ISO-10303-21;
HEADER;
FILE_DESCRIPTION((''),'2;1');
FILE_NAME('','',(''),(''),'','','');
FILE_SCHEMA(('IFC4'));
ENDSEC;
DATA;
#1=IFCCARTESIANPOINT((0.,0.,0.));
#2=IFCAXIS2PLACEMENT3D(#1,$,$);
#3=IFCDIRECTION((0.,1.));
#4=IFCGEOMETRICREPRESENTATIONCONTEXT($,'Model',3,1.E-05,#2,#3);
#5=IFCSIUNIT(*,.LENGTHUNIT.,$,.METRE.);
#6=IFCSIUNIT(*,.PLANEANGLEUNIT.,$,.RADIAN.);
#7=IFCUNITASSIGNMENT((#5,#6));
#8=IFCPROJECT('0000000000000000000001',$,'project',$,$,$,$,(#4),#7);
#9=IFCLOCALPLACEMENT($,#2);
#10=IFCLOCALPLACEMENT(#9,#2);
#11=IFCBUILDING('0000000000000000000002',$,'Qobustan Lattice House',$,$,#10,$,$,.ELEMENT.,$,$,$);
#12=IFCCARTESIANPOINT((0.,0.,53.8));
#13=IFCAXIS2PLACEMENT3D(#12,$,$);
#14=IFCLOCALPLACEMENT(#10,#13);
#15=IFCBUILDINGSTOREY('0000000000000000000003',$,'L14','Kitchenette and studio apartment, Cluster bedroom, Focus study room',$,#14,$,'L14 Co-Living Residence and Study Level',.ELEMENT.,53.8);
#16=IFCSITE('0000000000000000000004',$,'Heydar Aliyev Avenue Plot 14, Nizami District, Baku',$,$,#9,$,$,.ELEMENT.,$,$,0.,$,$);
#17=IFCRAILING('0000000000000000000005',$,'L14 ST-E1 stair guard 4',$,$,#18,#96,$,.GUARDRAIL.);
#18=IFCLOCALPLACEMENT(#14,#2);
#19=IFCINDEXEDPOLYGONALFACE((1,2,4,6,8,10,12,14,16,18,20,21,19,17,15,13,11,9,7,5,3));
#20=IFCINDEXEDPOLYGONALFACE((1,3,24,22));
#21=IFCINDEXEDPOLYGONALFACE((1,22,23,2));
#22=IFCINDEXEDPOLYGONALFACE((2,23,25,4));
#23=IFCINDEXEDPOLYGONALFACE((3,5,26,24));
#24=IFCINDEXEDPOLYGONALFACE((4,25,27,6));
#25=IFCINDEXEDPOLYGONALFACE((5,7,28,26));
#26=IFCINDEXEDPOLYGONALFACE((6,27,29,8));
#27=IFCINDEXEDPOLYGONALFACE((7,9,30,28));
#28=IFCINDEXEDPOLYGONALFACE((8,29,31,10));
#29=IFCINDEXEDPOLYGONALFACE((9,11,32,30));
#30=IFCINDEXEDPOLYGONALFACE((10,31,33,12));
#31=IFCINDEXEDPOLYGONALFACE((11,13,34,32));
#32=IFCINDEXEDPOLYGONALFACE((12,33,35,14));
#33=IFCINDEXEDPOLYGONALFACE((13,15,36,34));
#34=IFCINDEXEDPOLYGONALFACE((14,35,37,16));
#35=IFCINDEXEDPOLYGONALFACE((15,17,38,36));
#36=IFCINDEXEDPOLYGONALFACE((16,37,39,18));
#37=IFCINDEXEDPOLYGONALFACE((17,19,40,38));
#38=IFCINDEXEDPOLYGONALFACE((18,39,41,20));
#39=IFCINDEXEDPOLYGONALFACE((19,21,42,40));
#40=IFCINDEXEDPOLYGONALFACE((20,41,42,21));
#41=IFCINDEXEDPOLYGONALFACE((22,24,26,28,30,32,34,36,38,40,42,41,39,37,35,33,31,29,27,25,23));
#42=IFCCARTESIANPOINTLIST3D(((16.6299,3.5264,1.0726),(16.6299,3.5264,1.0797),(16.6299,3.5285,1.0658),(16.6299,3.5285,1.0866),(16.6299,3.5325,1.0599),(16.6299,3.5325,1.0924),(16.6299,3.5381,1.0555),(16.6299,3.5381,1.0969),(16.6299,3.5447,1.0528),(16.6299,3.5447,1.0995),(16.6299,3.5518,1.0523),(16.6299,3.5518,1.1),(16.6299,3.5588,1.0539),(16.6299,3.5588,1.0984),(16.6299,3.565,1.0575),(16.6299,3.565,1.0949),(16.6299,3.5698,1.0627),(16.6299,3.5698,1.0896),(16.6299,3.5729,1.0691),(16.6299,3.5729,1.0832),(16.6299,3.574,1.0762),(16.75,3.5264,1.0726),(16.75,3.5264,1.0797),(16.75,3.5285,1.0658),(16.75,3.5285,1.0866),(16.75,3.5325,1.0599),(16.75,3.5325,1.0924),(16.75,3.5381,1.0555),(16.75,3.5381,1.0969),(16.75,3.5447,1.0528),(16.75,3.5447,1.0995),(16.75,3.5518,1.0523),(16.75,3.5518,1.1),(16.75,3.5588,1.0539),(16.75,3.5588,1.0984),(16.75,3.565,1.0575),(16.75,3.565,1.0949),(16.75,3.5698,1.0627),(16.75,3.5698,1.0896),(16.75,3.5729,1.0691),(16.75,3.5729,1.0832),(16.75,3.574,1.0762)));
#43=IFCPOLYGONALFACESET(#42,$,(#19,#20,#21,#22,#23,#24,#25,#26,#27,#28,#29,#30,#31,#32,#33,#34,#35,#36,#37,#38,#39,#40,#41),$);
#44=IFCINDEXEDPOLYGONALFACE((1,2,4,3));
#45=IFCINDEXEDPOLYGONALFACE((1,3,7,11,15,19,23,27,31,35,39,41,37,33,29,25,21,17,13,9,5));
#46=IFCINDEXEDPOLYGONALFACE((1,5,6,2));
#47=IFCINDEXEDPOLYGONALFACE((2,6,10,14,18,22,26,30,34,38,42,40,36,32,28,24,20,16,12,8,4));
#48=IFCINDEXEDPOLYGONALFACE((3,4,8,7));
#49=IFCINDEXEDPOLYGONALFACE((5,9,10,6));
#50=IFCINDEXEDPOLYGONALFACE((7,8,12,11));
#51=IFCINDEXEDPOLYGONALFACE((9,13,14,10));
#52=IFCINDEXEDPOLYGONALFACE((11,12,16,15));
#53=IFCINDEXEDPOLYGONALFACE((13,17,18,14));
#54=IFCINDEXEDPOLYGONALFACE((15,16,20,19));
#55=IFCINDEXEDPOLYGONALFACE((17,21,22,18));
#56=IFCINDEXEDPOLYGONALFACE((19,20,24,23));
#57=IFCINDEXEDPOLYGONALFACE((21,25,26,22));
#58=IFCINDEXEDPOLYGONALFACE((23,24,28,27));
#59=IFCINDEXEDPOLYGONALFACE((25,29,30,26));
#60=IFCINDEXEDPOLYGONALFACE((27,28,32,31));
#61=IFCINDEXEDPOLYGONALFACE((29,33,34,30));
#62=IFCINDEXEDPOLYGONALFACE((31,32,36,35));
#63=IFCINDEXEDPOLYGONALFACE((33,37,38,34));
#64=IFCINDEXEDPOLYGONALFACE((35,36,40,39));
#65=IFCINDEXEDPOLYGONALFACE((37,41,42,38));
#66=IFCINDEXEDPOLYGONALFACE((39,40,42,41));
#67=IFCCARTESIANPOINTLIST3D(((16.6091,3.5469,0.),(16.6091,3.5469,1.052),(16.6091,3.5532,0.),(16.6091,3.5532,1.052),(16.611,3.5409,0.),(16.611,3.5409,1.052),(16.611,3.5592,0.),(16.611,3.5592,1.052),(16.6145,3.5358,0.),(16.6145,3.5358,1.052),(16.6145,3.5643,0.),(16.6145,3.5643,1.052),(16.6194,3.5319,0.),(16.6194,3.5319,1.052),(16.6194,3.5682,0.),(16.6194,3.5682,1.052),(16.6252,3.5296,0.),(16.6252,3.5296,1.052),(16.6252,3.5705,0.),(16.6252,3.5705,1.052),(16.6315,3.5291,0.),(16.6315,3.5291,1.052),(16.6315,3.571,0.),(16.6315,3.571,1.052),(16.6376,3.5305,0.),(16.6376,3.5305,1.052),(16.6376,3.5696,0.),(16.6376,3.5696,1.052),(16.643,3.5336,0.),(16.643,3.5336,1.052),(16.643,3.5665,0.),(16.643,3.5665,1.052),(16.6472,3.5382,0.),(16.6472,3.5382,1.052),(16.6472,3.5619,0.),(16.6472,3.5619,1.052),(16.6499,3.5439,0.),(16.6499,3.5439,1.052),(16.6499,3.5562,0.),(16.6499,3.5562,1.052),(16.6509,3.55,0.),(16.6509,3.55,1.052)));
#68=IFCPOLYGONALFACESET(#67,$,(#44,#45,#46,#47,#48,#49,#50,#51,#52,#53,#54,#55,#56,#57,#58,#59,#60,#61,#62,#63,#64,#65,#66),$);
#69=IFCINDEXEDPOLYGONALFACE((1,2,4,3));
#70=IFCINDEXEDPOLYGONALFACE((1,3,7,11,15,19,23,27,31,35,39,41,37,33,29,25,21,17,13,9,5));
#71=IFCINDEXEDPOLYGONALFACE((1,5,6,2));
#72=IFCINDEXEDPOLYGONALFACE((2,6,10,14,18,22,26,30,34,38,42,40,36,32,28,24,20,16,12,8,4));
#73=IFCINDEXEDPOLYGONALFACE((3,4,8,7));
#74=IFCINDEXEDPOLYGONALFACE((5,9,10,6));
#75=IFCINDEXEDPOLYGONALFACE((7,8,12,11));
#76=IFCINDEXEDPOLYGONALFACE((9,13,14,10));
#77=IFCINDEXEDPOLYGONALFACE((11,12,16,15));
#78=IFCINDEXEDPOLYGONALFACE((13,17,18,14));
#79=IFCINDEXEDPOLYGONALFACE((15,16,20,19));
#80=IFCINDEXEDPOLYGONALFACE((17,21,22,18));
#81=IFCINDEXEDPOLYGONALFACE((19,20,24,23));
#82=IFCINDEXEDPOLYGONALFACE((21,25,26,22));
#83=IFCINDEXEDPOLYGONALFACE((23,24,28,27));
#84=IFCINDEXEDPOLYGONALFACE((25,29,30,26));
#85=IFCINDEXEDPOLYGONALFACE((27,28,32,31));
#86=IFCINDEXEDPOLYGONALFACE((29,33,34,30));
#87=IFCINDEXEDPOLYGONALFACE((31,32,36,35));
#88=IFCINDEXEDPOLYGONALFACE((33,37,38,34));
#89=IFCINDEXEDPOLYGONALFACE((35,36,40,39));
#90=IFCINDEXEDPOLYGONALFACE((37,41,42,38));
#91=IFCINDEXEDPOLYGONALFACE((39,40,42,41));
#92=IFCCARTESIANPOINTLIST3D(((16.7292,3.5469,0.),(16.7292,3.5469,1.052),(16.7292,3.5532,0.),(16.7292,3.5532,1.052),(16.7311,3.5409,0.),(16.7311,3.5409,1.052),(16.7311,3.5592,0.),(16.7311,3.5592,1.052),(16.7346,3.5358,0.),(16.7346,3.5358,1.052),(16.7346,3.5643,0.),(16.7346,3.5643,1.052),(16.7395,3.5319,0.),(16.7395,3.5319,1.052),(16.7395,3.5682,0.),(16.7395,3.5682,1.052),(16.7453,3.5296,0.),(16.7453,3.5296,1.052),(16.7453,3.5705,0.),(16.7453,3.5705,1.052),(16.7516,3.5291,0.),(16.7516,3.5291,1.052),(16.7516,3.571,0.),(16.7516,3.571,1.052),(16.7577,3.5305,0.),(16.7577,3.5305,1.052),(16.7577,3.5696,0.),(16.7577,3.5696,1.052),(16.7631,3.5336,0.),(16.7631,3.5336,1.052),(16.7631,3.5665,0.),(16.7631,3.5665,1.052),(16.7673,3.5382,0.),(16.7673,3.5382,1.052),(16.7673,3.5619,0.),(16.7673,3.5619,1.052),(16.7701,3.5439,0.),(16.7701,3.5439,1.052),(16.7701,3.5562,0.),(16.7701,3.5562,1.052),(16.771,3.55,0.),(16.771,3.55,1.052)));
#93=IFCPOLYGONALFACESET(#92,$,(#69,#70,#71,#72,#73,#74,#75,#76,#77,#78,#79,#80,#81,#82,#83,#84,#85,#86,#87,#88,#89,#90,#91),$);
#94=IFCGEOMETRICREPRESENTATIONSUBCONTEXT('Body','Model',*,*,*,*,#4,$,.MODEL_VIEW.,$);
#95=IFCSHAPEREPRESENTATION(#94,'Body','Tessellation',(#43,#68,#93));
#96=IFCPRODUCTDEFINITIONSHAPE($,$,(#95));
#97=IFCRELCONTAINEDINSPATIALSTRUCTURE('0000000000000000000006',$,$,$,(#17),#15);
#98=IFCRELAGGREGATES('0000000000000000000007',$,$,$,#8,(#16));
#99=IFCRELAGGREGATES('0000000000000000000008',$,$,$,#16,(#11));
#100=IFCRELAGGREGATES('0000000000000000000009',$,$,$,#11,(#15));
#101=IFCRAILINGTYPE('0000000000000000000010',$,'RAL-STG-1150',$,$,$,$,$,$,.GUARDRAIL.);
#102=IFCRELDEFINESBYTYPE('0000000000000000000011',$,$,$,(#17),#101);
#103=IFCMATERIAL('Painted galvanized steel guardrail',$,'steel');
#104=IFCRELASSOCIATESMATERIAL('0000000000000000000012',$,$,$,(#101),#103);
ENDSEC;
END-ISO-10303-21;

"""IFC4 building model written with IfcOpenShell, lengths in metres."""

from ifc_helpers import new_model, si_unit, direction, frame, origin, origin_2d, place, context, subcontext, project, spatial, circle, extrude, material, type_object, element, save


model = new_model("IFC4")

# Units and contexts
model_context = context("Model", 3, precision=1e-05, world=origin(), true_north=direction((0.0, 1.0)))
body_context = subcontext(model_context, "Body", "Model", "MODEL_VIEW")
ifc_project = project(units=[si_unit("LENGTHUNIT", "METRE"), si_unit("PLANEANGLEUNIT", "RADIAN")], contexts=[model_context])

# Site, building, storey
site_placement = place(None, origin())
site = spatial("IfcSite", under=ifc_project, at=site_placement, Name="Heydar Aliyev Avenue Plot 14, Nizami District, Baku", CompositionType="ELEMENT", RefElevation=0.0)
building_placement = place(site_placement, origin())
building = spatial("IfcBuilding", under=site, at=building_placement, Name="Qobustan Lattice House", CompositionType="ELEMENT")
storey_placement = place(building_placement, frame((0.0, 0.0, 53.8)))
storey = spatial("IfcBuildingStorey", under=building, at=storey_placement, Name="L14", Description="Kitchenette and studio apartment, Cluster bedroom, Focus study room", LongName="L14 Co-Living Residence and Study Level", CompositionType="ELEMENT", Elevation=53.8)

# Railing
ifc_material_1 = material(Name="Painted galvanized steel guardrail", Category="steel")
railing_type_1 = type_object("IfcRailingType", Name="RAL-STG-1150", PredefinedType="GUARDRAIL", material=ifc_material_1)
railing_1_placement = place(storey_placement, frame((16.6299, 3.55, 0.0)))
element("IfcRailing", 1, at=railing_1_placement, inside=storey, type_object=railing_type_1, Name="L14 ST-E1 stair guard 4", PredefinedType="GUARDRAIL", context=body_context, shape_type="SweptSolid", body=[
    extrude(circle(Radius=0.0239, at=origin_2d()), frame((0.0, 0.0, 1.0762), z_axis=(1.0, 0.0, 0.0), x_axis=(0.0, 1.0, 0.0)), (0.0, 0.0, 1.0), 0.1201),
    extrude(circle(Radius=0.021, at=origin_2d()), origin(), (0.0, 0.0, 1.0), 1.052),
    extrude(circle(Radius=0.021, at=origin_2d()), frame((0.1201, 0.0, 0.0)), (0.0, 0.0, 1.0), 1.052),
])

save(model, "model.ifc")
